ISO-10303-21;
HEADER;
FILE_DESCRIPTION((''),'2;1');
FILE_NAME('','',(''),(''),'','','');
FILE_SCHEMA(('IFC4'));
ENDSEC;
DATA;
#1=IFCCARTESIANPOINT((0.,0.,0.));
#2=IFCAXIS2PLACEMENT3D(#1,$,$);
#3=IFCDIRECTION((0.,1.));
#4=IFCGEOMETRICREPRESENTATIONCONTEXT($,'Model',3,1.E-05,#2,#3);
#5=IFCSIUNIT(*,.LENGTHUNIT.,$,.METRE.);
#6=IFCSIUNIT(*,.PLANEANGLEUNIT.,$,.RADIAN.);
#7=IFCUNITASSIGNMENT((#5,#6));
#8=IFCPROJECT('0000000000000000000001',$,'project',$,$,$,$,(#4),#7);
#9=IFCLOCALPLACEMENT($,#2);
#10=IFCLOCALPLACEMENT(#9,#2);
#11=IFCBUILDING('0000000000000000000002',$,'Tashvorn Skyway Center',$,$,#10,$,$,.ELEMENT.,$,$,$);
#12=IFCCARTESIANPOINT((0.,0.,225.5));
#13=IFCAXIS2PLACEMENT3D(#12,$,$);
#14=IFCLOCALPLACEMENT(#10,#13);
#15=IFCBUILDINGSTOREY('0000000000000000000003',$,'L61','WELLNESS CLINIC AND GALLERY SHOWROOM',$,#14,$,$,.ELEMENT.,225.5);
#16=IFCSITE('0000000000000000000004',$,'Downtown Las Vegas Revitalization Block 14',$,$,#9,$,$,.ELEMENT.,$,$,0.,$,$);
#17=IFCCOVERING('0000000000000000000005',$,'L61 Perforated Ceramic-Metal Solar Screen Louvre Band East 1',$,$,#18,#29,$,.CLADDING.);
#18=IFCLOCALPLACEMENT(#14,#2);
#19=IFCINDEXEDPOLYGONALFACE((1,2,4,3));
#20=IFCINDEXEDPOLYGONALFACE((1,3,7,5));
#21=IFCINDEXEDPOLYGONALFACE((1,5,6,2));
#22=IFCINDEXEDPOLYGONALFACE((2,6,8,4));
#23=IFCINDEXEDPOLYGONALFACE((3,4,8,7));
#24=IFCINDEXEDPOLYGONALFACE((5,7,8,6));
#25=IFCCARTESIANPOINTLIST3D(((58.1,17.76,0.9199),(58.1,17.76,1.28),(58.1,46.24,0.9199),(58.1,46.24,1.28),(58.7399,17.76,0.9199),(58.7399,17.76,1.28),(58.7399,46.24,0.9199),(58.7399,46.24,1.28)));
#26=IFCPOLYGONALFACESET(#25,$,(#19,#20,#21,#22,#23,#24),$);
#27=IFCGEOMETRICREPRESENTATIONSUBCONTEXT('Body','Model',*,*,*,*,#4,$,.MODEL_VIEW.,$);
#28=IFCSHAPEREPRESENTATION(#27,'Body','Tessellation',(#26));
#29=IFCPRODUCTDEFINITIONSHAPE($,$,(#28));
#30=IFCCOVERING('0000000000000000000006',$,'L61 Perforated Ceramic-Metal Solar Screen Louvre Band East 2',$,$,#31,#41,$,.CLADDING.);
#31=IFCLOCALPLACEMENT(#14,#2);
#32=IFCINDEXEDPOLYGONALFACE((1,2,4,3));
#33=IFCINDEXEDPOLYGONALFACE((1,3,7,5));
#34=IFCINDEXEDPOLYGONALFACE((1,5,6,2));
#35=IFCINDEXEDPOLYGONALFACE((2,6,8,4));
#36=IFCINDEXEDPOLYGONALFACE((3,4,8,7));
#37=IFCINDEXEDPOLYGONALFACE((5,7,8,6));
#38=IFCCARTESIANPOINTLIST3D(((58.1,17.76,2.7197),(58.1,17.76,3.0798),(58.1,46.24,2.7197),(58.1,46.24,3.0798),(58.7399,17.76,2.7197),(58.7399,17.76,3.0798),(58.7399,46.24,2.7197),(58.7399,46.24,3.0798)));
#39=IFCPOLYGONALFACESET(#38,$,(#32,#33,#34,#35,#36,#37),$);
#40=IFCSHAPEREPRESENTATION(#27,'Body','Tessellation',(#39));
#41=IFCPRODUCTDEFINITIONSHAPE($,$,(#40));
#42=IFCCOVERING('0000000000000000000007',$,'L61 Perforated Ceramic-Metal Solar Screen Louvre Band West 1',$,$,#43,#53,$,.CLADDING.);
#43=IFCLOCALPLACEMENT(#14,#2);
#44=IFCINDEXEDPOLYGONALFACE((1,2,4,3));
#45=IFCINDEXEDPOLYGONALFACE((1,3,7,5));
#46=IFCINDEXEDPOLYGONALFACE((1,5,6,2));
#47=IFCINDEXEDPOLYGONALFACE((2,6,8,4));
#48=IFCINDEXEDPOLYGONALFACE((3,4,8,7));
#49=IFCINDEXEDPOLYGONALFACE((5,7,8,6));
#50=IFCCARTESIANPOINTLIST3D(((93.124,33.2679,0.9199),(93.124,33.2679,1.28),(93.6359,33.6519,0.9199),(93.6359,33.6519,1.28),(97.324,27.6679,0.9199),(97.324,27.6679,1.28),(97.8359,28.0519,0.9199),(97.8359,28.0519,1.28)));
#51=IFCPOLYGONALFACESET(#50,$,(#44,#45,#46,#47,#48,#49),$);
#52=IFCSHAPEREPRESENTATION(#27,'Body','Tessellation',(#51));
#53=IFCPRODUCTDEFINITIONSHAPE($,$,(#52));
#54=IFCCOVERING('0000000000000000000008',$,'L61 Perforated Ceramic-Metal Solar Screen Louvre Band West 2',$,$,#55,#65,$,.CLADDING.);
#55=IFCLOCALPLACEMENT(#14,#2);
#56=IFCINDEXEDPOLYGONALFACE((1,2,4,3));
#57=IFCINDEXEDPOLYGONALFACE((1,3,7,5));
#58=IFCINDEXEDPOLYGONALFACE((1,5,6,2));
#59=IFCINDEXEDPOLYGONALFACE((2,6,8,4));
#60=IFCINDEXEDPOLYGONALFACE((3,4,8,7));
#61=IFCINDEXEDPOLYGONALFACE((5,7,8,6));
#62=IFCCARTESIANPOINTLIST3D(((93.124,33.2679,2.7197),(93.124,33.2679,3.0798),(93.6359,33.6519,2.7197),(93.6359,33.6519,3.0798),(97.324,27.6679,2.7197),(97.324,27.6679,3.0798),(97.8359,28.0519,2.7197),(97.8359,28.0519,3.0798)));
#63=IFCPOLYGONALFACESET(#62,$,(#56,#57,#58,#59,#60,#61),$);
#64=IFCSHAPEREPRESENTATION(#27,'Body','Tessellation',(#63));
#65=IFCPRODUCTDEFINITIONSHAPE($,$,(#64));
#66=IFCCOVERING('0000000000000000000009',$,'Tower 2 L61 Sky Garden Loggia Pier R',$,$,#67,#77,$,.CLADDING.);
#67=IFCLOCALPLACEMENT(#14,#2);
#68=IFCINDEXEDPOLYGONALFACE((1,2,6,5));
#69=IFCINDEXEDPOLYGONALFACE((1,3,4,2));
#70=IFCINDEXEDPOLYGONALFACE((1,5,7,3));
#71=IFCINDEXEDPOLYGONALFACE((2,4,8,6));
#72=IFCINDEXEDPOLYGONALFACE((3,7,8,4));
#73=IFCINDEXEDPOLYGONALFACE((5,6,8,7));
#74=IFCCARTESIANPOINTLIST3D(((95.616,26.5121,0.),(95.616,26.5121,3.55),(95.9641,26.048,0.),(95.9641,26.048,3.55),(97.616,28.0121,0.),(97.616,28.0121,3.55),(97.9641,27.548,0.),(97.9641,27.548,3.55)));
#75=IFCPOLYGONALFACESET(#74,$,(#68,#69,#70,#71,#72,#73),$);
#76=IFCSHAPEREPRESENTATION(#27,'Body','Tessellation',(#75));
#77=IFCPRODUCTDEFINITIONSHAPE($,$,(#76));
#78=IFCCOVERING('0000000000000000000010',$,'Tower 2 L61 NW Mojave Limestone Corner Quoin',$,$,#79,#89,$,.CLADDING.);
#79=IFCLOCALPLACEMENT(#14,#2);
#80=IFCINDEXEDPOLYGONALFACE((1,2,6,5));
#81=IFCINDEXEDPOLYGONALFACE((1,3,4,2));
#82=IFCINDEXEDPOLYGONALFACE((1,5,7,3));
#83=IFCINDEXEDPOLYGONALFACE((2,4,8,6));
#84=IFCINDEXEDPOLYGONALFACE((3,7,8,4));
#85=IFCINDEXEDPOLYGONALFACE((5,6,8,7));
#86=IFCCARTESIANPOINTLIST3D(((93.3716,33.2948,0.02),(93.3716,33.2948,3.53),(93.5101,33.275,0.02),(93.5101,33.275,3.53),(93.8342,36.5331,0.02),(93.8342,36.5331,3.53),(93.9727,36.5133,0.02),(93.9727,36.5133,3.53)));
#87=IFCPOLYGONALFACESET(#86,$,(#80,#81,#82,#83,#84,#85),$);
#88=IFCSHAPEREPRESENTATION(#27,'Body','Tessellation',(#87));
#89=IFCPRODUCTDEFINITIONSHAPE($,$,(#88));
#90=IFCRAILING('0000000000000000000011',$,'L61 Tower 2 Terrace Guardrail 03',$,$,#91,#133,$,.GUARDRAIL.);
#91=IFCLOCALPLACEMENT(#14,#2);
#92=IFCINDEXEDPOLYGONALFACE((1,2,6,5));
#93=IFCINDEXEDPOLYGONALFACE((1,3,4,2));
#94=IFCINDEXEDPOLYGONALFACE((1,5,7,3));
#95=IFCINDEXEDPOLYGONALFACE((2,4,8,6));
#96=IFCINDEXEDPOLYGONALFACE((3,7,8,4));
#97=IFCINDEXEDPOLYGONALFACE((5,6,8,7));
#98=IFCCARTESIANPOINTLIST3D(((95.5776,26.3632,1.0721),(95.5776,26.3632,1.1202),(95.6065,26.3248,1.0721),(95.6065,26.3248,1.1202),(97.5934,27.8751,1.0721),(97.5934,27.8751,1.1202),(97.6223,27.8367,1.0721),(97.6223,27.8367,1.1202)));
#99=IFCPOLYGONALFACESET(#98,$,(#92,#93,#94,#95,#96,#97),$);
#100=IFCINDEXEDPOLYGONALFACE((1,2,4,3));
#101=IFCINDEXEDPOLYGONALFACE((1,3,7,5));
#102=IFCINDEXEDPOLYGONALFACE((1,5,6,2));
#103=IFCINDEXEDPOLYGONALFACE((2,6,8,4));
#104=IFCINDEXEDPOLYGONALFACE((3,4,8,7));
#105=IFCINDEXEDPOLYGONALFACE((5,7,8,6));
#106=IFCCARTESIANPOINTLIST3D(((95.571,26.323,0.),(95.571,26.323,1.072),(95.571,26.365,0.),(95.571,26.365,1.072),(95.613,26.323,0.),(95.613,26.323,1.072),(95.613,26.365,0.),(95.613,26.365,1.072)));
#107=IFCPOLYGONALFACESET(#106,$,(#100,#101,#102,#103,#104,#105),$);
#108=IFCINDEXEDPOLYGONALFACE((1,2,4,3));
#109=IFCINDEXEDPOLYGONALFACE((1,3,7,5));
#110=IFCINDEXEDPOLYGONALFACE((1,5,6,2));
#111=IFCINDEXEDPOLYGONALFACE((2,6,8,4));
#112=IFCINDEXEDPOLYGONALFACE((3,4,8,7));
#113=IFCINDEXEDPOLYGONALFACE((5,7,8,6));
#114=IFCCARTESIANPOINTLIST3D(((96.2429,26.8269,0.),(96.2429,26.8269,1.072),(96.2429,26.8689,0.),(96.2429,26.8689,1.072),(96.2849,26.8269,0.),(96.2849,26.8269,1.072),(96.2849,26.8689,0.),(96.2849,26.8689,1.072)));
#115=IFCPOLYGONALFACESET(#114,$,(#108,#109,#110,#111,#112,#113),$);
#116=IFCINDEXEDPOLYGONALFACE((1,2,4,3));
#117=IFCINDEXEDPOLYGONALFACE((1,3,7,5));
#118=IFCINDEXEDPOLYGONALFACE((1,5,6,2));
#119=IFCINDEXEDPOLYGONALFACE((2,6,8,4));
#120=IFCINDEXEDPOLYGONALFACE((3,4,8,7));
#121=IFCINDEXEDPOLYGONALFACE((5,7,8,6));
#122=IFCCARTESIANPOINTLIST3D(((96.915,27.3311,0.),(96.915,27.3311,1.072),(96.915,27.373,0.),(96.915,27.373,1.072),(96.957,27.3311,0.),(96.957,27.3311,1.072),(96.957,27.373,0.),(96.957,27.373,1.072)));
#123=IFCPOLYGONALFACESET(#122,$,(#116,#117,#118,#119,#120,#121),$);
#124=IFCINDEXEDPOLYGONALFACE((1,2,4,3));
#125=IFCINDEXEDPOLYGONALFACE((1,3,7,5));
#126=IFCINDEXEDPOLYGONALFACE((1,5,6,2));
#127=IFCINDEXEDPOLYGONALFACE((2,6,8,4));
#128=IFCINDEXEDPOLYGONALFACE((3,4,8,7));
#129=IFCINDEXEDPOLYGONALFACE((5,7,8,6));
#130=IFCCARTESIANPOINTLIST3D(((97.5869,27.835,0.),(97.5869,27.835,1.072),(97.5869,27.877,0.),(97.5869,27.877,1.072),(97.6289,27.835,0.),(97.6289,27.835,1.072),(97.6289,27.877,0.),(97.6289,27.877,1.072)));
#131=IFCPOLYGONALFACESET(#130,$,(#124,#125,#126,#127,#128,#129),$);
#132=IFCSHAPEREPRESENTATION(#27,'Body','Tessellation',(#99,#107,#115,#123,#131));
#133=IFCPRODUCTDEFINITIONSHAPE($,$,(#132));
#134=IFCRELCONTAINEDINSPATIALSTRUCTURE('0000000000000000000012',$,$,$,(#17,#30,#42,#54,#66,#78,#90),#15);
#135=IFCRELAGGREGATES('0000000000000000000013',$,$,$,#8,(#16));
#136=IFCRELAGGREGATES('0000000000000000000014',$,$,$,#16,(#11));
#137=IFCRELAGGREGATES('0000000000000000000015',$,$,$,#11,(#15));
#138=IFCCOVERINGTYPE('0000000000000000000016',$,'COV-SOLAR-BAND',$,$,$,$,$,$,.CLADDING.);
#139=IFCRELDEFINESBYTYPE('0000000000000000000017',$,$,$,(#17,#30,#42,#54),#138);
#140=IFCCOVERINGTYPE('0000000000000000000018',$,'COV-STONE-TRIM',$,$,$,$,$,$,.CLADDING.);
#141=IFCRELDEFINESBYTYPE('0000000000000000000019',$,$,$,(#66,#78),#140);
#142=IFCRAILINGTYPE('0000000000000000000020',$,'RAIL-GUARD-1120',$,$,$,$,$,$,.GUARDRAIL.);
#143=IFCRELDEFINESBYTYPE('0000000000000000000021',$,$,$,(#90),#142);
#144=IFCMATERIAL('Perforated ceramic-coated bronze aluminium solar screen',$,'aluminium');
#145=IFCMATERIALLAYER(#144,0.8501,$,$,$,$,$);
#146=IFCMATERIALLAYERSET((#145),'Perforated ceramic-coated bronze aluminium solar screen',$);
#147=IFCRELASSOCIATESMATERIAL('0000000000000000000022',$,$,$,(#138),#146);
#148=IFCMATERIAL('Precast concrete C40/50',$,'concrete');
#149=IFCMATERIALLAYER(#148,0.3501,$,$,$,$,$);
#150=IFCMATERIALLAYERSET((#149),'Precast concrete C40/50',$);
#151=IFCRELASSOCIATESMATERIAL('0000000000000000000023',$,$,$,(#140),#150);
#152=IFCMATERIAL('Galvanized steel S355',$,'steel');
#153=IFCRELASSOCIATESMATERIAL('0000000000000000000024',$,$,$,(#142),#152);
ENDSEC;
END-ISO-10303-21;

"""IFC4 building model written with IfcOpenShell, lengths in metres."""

from ifc_helpers import new_model, si_unit, direction, frame, origin, origin_2d, place, context, subcontext, project, spatial, rectangle, extrude, material, layer, layer_set, type_object, element, save


model = new_model("IFC4")

# Units and contexts
model_context = context("Model", 3, precision=1e-05, world=origin(), true_north=direction((0.0, 1.0)))
body_context = subcontext(model_context, "Body", "Model", "MODEL_VIEW")
ifc_project = project(units=[si_unit("LENGTHUNIT", "METRE"), si_unit("PLANEANGLEUNIT", "RADIAN")], contexts=[model_context])

# Site, building, storey
site_placement = place(None, origin())
site = spatial("IfcSite", under=ifc_project, at=site_placement, Name="Downtown Las Vegas Revitalization Block 14", CompositionType="ELEMENT", RefElevation=0.0)
building_placement = place(site_placement, origin())
building = spatial("IfcBuilding", under=site, at=building_placement, Name="Tashvorn Skyway Center", CompositionType="ELEMENT")
storey_placement = place(building_placement, frame((0.0, 0.0, 225.5)))
storey = spatial("IfcBuildingStorey", under=building, at=storey_placement, Name="L61", Description="WELLNESS CLINIC AND GALLERY SHOWROOM", CompositionType="ELEMENT", Elevation=225.5)

# Shared definitions
ifc_material_1 = material(Name="Precast concrete C40/50", Category="concrete")

# Coverings
ifc_material_2 = material(Name="Perforated ceramic-coated bronze aluminium solar screen", Category="aluminium")
ifc_layer_1 = layer(ifc_material_2, 0.8501)
ifc_layer_set_1 = layer_set([ifc_layer_1], Name="Perforated ceramic-coated bronze aluminium solar screen")
covering_type_1 = type_object("IfcCoveringType", Name="COV-SOLAR-BAND", PredefinedType="CLADDING", material=ifc_layer_set_1)
for number, where, z_axis, x_axis, name in (
    (1, (58.4199, 32.0, 0.9199), (0.0, 0.0, 1.0), (0.0, -1.0, 0.0), "L61 Perforated Ceramic-Metal Solar Screen Louvre Band East 1"),
    (2, (58.4199, 32.0, 2.7197), (0.0, 0.0, 1.0), (0.0, -1.0, 0.0), "L61 Perforated Ceramic-Metal Solar Screen Louvre Band East 2"),
):
    element("IfcCovering", number, at=place(storey_placement, frame(where, z_axis=z_axis, x_axis=x_axis)), inside=storey, type_object=covering_type_1, Name=name, PredefinedType="CLADDING", context=body_context, shape_type="SweptSolid", body=[
        extrude(rectangle(XDim=28.48, YDim=0.6399, at=origin_2d()), origin(), (0.0, 0.0, 1.0), 0.3601),
    ])
for number, where, z_axis, x_axis, name in (
    (3, (95.48, 30.6599, 0.9199), (0.0, 0.0, 1.0), (-0.6, 0.8, 0.0), "L61 Perforated Ceramic-Metal Solar Screen Louvre Band West 1"),
    (4, (95.48, 30.6599, 2.7197), (0.0, 0.0, 1.0), (-0.6, 0.8, 0.0), "L61 Perforated Ceramic-Metal Solar Screen Louvre Band West 2"),
):
    element("IfcCovering", number, at=place(storey_placement, frame(where, z_axis=z_axis, x_axis=x_axis)), inside=storey, type_object=covering_type_1, Name=name, PredefinedType="CLADDING", context=body_context, shape_type="SweptSolid", body=[
        extrude(rectangle(XDim=7.0, YDim=0.6399, at=origin_2d()), origin(), (0.0, 0.0, 1.0), 0.3601),
    ])
ifc_layer_2 = layer(ifc_material_1, 0.3501)
ifc_layer_set_2 = layer_set([ifc_layer_2], Name="Precast concrete C40/50")
covering_type_2 = type_object("IfcCoveringType", Name="COV-STONE-TRIM", PredefinedType="CLADDING", material=ifc_layer_set_2)
covering_1_placement = place(storey_placement, frame((96.79, 27.03, 0.0), z_axis=(0.0, 0.0, 1.0), x_axis=(-0.6, 0.8, 0.0)))
element("IfcCovering", 5, at=covering_1_placement, inside=storey, type_object=covering_type_2, Name="Tower 2 L61 Sky Garden Loggia Pier R", PredefinedType="CLADDING", context=body_context, shape_type="SweptSolid", body=[
    extrude(rectangle(XDim=0.5801, YDim=2.5, at=origin_2d()), origin(), (0.0, 0.0, 1.0), 3.55),
])
covering_2_placement = place(storey_placement, frame((93.6721, 34.9041, 0.02), z_axis=(0.0, 0.0, 1.0), x_axis=(-0.141421, -0.989949, 0.0)))
element("IfcCovering", 6, at=covering_2_placement, inside=storey, type_object=covering_type_2, Name="Tower 2 L61 NW Mojave Limestone Corner Quoin", PredefinedType="CLADDING", context=body_context, shape_type="SweptSolid", body=[
    extrude(rectangle(XDim=3.2712, YDim=0.1399, at=origin_2d()), origin(), (0.0, 0.0, 1.0), 3.51),
])

# Railing
ifc_material_3 = material(Name="Galvanized steel S355", Category="steel")
railing_type = type_object("IfcRailingType", Name="RAIL-GUARD-1120", PredefinedType="GUARDRAIL", material=ifc_material_3)
railing_placement = place(storey_placement, frame((95.592, 26.344, 0.0)))
element("IfcRailing", 7, at=railing_placement, inside=storey, type_object=railing_type, Name="L61 Tower 2 Terrace Guardrail 03", PredefinedType="GUARDRAIL", context=body_context, shape_type="SweptSolid", body=[
    extrude(rectangle(XDim=0.0481, YDim=0.0481, at=origin_2d()), frame((0.0, 0.0, 1.0962), z_axis=(0.799988, 0.600016, 0.0), x_axis=(-0.600016, 0.799988, 0.0)), (0.0, 0.0, 1.0), 2.5198),
    extrude(rectangle(XDim=0.042, YDim=0.042, at=origin_2d()), origin(), (0.0, 0.0, 1.0), 1.072),
    extrude(rectangle(XDim=0.042, YDim=0.042, at=origin_2d()), frame((0.6719, 0.5039, 0.0)), (0.0, 0.0, 1.0), 1.072),
    extrude(rectangle(XDim=0.042, YDim=0.042, at=origin_2d()), frame((1.344, 1.0081, 0.0)), (0.0, 0.0, 1.0), 1.072),
    extrude(rectangle(XDim=0.042, YDim=0.042, at=origin_2d()), frame((2.0159, 1.512, 0.0)), (0.0, 0.0, 1.0), 1.072),
])

save(model, "model.ifc")
